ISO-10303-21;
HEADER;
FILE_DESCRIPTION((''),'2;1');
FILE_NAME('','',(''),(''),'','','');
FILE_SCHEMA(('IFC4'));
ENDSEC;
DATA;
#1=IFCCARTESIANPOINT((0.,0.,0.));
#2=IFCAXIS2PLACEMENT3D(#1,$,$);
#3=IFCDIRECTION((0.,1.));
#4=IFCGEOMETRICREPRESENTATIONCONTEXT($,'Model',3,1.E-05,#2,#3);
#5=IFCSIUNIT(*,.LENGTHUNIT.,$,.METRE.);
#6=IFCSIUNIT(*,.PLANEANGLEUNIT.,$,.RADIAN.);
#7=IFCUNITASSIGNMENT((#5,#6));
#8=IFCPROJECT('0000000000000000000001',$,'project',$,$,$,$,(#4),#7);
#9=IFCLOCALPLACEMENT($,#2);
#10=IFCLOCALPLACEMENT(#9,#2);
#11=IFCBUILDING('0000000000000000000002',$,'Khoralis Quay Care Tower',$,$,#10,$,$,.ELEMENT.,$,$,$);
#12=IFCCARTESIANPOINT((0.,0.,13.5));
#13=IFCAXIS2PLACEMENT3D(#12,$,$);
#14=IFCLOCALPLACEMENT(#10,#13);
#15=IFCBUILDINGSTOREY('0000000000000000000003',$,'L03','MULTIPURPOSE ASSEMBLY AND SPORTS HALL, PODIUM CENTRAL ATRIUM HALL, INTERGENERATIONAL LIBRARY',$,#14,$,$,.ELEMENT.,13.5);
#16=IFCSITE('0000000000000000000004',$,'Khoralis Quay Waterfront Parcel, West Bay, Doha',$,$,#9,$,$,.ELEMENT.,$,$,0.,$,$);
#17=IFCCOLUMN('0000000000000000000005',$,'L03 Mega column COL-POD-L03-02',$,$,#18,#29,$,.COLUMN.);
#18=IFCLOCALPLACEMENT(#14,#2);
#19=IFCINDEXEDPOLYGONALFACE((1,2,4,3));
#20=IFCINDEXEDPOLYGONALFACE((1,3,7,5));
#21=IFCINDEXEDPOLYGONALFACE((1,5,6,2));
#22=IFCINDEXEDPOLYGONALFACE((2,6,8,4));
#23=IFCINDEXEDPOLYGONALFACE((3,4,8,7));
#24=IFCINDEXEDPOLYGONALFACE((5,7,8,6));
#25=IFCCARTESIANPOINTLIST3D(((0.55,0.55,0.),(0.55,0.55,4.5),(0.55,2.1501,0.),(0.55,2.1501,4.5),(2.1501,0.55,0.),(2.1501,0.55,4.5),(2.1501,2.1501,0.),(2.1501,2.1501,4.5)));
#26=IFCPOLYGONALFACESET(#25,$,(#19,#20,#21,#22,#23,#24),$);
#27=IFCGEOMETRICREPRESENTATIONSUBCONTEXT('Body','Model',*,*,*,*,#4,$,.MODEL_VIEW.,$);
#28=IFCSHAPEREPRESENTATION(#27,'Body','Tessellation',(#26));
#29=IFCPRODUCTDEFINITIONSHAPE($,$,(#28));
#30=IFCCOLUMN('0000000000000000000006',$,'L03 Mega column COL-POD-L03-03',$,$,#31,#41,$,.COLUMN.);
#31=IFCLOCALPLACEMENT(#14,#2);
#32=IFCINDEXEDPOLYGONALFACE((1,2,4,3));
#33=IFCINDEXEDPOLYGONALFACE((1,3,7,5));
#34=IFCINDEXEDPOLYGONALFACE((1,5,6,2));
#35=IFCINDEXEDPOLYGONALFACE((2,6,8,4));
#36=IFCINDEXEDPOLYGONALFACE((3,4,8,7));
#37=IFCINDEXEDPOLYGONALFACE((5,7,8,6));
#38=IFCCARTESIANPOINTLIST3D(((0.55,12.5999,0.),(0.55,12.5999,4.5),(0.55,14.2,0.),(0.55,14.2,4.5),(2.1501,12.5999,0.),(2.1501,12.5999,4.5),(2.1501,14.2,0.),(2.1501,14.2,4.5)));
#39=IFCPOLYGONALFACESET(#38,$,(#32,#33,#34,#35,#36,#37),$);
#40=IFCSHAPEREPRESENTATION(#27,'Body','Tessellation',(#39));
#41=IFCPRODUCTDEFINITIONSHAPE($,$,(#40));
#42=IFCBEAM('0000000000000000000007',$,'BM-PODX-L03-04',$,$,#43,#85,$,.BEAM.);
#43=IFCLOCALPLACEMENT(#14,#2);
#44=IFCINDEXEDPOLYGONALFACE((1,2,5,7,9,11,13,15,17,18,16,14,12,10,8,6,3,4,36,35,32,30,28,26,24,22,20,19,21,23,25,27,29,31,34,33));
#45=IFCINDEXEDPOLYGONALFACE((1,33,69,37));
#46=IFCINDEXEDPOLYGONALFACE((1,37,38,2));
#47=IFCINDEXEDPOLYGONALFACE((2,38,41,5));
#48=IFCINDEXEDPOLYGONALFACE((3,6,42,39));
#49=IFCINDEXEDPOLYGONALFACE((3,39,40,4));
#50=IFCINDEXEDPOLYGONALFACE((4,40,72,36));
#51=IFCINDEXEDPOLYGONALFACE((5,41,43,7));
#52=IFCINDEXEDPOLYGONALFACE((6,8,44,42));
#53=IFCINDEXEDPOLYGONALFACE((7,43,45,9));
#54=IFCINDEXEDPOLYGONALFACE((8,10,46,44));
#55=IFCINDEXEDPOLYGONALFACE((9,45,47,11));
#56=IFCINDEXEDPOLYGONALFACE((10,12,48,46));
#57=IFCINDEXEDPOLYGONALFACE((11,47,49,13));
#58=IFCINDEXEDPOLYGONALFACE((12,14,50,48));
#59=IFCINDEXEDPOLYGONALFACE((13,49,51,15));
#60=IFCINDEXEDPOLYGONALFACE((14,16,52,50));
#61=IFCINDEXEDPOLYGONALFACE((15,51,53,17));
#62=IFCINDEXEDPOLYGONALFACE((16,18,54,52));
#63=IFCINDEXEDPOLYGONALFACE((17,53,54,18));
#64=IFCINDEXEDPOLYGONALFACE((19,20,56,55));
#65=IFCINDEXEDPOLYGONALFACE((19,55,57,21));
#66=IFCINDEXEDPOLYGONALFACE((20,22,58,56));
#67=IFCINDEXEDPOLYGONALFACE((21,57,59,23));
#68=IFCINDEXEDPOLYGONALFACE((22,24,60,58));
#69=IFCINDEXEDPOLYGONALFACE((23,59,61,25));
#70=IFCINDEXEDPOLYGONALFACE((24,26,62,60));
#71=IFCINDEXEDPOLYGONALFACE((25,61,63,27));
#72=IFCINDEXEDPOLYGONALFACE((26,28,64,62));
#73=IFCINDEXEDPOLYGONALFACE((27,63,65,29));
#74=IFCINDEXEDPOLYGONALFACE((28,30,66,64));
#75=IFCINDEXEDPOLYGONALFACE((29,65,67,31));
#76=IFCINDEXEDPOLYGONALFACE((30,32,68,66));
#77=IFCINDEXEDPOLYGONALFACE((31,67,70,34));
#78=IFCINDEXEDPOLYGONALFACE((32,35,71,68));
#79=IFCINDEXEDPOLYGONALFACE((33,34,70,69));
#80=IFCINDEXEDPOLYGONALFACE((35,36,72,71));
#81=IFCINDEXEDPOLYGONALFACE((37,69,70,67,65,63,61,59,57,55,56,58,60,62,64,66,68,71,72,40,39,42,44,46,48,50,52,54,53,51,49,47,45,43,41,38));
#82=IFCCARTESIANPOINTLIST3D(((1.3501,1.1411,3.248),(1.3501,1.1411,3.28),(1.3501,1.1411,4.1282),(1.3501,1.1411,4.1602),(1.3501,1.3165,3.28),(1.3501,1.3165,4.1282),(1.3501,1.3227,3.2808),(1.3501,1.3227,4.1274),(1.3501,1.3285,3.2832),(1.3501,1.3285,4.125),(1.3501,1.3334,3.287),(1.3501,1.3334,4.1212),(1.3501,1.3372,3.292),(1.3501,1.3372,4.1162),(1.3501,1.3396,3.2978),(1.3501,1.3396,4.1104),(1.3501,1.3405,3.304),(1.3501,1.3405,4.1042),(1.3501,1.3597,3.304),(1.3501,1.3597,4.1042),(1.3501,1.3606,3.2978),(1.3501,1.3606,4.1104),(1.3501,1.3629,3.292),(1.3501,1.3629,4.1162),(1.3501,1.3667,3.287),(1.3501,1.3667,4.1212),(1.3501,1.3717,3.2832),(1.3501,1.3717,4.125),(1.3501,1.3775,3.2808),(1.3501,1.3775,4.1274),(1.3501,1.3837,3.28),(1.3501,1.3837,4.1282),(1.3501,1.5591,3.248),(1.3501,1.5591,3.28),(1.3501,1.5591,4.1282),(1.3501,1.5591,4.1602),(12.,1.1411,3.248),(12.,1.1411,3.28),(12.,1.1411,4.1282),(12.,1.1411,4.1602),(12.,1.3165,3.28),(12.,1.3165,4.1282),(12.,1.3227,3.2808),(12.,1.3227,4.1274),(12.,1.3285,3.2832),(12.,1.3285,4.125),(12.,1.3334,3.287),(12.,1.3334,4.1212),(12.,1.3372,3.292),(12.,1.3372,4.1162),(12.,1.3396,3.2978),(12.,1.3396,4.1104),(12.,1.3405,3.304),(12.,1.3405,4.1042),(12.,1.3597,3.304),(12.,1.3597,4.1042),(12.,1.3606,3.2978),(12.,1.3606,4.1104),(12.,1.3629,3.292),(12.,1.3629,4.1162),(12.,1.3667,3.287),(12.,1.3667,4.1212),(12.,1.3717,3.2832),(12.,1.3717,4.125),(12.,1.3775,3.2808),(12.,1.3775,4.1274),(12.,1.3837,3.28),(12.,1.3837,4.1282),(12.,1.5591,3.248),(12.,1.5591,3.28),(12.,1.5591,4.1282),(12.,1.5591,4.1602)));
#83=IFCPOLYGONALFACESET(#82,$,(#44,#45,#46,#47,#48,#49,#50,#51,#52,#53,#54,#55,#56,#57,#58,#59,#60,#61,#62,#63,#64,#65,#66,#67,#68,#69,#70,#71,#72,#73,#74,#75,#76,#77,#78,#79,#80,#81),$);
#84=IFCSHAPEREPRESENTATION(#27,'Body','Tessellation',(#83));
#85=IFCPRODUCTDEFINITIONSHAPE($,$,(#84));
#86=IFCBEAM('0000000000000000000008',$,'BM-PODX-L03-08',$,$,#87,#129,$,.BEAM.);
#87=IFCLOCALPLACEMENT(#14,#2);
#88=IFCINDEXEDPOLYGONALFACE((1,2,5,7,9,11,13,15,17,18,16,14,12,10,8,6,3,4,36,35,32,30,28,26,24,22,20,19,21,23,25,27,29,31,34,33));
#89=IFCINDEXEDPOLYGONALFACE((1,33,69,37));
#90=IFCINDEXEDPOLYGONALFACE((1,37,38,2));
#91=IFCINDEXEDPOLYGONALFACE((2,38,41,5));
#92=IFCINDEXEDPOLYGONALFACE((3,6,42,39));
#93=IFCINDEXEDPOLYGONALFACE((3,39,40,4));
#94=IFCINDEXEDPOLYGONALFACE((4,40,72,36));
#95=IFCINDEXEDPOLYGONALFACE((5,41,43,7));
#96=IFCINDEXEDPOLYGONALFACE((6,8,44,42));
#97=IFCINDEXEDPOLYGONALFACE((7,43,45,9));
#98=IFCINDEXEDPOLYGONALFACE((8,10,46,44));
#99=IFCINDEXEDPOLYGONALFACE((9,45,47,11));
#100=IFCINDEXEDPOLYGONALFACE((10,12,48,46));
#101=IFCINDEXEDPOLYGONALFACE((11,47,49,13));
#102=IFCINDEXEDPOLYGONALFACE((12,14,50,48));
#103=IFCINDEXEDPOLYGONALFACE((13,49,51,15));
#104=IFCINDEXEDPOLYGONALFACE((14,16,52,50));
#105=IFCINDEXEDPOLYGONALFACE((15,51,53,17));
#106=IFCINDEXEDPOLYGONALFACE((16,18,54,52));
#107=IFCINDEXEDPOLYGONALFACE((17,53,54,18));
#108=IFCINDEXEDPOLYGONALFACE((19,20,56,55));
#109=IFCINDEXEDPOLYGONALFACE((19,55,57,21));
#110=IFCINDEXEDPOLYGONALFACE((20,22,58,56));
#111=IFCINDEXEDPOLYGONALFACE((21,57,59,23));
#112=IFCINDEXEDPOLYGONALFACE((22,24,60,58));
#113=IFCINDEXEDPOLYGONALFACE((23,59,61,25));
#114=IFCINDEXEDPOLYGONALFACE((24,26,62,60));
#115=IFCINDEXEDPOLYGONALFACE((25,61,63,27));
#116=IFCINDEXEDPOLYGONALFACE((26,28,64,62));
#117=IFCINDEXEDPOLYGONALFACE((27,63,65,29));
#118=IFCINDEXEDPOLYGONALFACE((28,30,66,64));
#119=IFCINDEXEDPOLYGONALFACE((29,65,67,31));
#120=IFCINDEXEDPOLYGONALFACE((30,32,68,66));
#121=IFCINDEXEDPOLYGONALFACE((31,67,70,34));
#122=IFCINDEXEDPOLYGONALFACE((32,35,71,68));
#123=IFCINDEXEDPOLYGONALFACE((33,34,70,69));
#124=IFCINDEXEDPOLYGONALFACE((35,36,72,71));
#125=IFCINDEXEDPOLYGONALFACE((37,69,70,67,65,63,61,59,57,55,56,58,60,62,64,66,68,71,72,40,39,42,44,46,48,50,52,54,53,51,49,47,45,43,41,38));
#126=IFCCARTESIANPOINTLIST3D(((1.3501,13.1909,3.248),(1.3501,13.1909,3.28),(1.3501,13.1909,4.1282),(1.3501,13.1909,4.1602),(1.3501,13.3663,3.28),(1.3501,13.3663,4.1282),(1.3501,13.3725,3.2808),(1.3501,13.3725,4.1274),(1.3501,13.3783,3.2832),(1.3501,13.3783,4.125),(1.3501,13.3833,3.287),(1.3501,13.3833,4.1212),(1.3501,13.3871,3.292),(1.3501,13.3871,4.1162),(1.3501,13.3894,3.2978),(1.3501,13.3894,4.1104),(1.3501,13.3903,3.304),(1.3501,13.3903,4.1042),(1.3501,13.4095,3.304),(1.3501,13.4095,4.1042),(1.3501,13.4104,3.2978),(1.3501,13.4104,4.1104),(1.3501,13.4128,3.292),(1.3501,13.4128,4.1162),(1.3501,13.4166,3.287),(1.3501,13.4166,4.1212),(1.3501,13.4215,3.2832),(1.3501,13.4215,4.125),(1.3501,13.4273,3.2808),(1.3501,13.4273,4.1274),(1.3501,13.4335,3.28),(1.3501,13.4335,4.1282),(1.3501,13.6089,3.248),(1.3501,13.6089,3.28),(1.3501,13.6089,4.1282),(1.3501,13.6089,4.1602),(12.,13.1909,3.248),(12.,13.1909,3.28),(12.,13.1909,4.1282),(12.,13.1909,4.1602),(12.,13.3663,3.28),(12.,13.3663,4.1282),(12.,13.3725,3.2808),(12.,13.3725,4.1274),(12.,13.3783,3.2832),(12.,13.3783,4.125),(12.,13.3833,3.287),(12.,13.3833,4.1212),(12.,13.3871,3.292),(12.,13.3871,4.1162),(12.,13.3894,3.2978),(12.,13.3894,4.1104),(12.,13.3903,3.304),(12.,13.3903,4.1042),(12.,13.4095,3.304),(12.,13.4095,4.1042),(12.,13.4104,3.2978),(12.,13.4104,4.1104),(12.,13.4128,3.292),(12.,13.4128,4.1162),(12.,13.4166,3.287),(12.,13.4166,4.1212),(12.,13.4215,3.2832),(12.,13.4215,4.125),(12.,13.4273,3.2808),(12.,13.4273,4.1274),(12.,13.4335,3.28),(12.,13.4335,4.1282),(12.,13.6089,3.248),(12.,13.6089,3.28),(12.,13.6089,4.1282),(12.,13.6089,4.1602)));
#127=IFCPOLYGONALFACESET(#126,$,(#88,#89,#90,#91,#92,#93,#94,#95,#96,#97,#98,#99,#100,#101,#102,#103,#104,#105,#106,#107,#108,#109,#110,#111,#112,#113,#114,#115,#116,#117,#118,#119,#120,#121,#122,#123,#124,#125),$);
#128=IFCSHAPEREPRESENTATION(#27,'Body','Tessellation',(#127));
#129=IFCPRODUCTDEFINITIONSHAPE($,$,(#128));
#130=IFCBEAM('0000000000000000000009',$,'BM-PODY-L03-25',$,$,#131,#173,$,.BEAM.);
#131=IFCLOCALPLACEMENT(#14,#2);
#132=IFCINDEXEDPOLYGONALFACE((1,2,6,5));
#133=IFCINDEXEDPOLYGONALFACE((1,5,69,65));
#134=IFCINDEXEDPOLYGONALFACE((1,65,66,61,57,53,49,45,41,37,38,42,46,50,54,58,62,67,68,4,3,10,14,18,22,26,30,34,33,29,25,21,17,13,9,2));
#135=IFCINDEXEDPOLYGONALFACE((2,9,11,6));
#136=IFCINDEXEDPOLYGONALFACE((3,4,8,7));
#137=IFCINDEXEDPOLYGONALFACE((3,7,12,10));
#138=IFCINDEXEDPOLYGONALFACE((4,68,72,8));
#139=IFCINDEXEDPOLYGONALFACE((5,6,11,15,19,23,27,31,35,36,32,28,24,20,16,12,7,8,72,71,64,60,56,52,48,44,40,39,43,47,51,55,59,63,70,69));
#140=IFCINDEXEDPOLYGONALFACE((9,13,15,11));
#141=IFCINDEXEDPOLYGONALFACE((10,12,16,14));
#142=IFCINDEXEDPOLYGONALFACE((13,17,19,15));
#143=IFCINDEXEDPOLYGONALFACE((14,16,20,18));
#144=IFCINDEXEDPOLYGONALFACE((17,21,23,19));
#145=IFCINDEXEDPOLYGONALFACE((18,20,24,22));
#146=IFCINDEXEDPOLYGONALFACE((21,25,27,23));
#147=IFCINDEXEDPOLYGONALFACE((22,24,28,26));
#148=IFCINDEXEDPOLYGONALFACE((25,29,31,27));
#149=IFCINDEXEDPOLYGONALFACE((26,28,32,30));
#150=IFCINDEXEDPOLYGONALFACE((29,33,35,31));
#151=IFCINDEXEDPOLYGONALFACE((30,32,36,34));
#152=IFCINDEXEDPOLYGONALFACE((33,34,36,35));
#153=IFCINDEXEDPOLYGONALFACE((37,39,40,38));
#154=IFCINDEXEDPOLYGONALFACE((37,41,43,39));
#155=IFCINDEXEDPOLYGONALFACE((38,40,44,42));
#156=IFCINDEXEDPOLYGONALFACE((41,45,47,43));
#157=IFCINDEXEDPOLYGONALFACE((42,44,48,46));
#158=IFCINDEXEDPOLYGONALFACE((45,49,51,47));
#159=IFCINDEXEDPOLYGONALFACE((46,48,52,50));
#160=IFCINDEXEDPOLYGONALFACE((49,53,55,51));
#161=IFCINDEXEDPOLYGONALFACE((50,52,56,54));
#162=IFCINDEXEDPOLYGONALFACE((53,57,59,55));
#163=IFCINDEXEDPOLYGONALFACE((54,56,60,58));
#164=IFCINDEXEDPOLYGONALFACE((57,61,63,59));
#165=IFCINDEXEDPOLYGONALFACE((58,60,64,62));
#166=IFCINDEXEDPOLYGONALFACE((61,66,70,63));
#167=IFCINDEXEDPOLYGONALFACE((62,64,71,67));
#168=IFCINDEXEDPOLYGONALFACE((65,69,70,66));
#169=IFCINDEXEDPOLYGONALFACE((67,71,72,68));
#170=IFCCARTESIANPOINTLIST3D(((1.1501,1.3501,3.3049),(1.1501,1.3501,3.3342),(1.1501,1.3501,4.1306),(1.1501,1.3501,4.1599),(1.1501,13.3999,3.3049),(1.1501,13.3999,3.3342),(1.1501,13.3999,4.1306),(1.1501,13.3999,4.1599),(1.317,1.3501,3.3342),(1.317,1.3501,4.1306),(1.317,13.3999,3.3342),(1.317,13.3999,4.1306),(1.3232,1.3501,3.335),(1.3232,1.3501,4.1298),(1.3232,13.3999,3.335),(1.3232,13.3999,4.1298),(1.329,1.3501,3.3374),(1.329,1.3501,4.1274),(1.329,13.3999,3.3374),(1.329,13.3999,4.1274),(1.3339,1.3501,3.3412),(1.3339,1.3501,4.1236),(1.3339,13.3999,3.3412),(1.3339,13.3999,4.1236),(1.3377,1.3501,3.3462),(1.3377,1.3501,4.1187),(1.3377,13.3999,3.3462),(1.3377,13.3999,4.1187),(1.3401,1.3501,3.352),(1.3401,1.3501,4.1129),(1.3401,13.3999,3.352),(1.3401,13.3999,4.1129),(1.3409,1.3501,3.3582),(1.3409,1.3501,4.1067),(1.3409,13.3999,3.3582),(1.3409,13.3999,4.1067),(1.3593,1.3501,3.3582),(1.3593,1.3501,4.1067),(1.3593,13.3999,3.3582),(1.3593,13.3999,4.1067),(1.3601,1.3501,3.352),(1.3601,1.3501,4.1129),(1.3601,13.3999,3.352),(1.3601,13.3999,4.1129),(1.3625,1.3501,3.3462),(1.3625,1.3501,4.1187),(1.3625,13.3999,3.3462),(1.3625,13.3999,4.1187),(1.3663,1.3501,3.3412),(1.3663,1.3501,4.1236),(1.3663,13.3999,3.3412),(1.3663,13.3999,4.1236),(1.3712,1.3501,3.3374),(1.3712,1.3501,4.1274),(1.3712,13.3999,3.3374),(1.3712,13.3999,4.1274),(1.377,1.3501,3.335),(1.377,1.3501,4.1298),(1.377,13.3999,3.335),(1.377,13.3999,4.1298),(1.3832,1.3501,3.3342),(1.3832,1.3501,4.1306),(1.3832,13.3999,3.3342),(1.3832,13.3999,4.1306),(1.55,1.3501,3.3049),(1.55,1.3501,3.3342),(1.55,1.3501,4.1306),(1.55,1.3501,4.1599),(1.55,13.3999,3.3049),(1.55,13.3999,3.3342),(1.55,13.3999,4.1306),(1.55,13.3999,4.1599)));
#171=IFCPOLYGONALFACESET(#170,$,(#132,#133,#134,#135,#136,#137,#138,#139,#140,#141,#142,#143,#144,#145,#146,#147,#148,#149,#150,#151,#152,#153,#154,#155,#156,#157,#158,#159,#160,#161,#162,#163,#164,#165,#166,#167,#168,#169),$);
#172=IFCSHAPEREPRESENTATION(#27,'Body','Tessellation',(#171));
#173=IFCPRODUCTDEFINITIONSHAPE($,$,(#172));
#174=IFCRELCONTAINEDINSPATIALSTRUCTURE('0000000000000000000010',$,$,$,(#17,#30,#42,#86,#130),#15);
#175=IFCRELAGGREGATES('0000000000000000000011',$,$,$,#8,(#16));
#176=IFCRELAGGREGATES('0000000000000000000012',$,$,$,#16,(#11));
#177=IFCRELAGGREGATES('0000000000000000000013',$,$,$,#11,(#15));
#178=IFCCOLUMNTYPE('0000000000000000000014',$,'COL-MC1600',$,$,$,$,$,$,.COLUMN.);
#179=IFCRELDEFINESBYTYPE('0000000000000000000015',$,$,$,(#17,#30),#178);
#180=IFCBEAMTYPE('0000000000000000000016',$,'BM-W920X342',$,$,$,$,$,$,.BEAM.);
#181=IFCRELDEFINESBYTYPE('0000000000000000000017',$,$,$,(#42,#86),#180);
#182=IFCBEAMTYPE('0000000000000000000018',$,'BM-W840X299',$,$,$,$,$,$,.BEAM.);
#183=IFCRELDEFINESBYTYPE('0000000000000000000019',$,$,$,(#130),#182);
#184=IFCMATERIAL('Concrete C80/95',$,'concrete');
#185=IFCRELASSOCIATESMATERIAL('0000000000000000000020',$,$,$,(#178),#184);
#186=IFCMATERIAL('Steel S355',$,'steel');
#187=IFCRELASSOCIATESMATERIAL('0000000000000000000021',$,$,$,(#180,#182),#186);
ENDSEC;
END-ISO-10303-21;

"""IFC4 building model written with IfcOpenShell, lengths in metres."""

from ifc_helpers import new_model, si_unit, direction, frame, origin, origin_2d, place, context, subcontext, project, spatial, rectangle, i_section, extrude, source, transform, mapped, material, material_profile, profile_set, type_object, element, save


model = new_model("IFC4")

# Units and contexts
model_context = context("Model", 3, precision=1e-05, world=origin(), true_north=direction((0.0, 1.0)))
body_context = subcontext(model_context, "Body", "Model", "MODEL_VIEW")
ifc_project = project(units=[si_unit("LENGTHUNIT", "METRE"), si_unit("PLANEANGLEUNIT", "RADIAN")], contexts=[model_context])

# Site, building, storey
site_placement = place(None, origin())
site = spatial("IfcSite", under=ifc_project, at=site_placement, Name="Khoralis Quay Waterfront Parcel, West Bay, Doha", CompositionType="ELEMENT", RefElevation=0.0)
building_placement = place(site_placement, origin())
building = spatial("IfcBuilding", under=site, at=building_placement, Name="Khoralis Quay Care Tower", CompositionType="ELEMENT")
storey_placement = place(building_placement, frame((0.0, 0.0, 13.5)))
storey = spatial("IfcBuildingStorey", under=building, at=storey_placement, Name="L03", Description="MULTIPURPOSE ASSEMBLY AND SPORTS HALL, PODIUM CENTRAL ATRIUM HALL, INTERGENERATIONAL LIBRARY", CompositionType="ELEMENT", Elevation=13.5)

# Columns
ifc_material_1 = material(Name="Concrete C80/95", Category="concrete")
ifc_material_profile_1 = material_profile(ifc_material_1, rectangle(XDim=1.6001, YDim=1.6001, at=origin_2d()), Name="Concrete C80/95")
ifc_profile_set_1 = profile_set([ifc_material_profile_1], Name="Concrete C80/95")
column_type = type_object("IfcColumnType", Name="COL-MC1600", PredefinedType="COLUMN", material=ifc_profile_set_1)
shared_shape_1 = source(origin(), body_context, "Body", "SweptSolid", [
    extrude(rectangle(XDim=1.6001, YDim=1.6001, at=origin_2d()), origin(), (0.0, 0.0, 1.0), 4.5),
])
for number, where, z_axis, x_axis, name in (
    (1, (1.3501, 1.3501, 0.0), (0.0, 0.0, 1.0), (1.0, 0.0, 0.0), "L03 Mega column COL-POD-L03-02"),
    (2, (1.3501, 13.3999, 0.0), (0.0, 0.0, 1.0), (1.0, 0.0, 0.0), "L03 Mega column COL-POD-L03-03"),
):
    element("IfcColumn", number, at=place(storey_placement, frame(where, z_axis=z_axis, x_axis=x_axis)), inside=storey, type_object=column_type, Name=name, PredefinedType="COLUMN", context=body_context, shape_type="MappedRepresentation", body=[
        mapped(shared_shape_1, transform((0.0, 0.0, 0.0), scale=1.0)),
    ])

# Beams
ifc_material_2 = material(Name="Steel S355", Category="steel")
ifc_material_profile_2 = material_profile(ifc_material_2, i_section(OverallWidth=0.418, OverallDepth=0.9121, WebThickness=0.0193, FlangeThickness=0.032, FilletRadius=0.0239, at=origin_2d()), Name="Steel S355")
ifc_profile_set_2 = profile_set([ifc_material_profile_2], Name="Steel S355")
beam_type_1 = type_object("IfcBeamType", Name="BM-W920X342", PredefinedType="BEAM", material=ifc_profile_set_2)
shared_shape_2 = source(origin(), body_context, "Body", "SweptSolid", [
    extrude(i_section(OverallWidth=0.418, OverallDepth=0.9121, WebThickness=0.0193, FlangeThickness=0.032, FilletRadius=0.0239, at=origin_2d()), origin(), (0.0, 0.0, 1.0), 10.6499),
])
for number, where, z_axis, x_axis, name in (
    (3, (1.3501, 1.3501, 3.7041), (1.0, 0.0, 0.0), (0.0, 1.0, 0.0), "BM-PODX-L03-04"),
    (4, (1.3501, 13.3999, 3.7041), (1.0, 0.0, 0.0), (0.0, 1.0, 0.0), "BM-PODX-L03-08"),
):
    element("IfcBeam", number, at=place(storey_placement, frame(where, z_axis=z_axis, x_axis=x_axis)), inside=storey, type_object=beam_type_1, Name=name, PredefinedType="BEAM", context=body_context, shape_type="MappedRepresentation", body=[
        mapped(shared_shape_2, transform((0.0, 0.0, 0.0), scale=1.0)),
    ])
ifc_material_profile_3 = material_profile(ifc_material_2, i_section(OverallWidth=0.3999, OverallDepth=0.855, WebThickness=0.0183, FlangeThickness=0.0293, FilletRadius=0.0239, at=origin_2d()), Name="Steel S355")
ifc_profile_set_3 = profile_set([ifc_material_profile_3], Name="Steel S355")
beam_type_2 = type_object("IfcBeamType", Name="BM-W840X299", PredefinedType="BEAM", material=ifc_profile_set_3)
shared_shape_3 = source(origin(), body_context, "Body", "SweptSolid", [
    extrude(i_section(OverallWidth=0.3999, OverallDepth=0.855, WebThickness=0.0183, FlangeThickness=0.0293, FilletRadius=0.0239, at=origin_2d()), origin(), (0.0, 0.0, 1.0), 12.0498),
])
beam_1_placement = place(storey_placement, frame((1.3501, 1.3501, 3.7324), z_axis=(0.0, 1.0, 0.0), x_axis=(-1.0, 0.0, 0.0)))
element("IfcBeam", 5, at=beam_1_placement, inside=storey, type_object=beam_type_2, Name="BM-PODY-L03-25", PredefinedType="BEAM", context=body_context, shape_type="MappedRepresentation", body=[
    mapped(shared_shape_3, transform((0.0, 0.0, 0.0), scale=1.0)),
])

save(model, "model.ifc")
